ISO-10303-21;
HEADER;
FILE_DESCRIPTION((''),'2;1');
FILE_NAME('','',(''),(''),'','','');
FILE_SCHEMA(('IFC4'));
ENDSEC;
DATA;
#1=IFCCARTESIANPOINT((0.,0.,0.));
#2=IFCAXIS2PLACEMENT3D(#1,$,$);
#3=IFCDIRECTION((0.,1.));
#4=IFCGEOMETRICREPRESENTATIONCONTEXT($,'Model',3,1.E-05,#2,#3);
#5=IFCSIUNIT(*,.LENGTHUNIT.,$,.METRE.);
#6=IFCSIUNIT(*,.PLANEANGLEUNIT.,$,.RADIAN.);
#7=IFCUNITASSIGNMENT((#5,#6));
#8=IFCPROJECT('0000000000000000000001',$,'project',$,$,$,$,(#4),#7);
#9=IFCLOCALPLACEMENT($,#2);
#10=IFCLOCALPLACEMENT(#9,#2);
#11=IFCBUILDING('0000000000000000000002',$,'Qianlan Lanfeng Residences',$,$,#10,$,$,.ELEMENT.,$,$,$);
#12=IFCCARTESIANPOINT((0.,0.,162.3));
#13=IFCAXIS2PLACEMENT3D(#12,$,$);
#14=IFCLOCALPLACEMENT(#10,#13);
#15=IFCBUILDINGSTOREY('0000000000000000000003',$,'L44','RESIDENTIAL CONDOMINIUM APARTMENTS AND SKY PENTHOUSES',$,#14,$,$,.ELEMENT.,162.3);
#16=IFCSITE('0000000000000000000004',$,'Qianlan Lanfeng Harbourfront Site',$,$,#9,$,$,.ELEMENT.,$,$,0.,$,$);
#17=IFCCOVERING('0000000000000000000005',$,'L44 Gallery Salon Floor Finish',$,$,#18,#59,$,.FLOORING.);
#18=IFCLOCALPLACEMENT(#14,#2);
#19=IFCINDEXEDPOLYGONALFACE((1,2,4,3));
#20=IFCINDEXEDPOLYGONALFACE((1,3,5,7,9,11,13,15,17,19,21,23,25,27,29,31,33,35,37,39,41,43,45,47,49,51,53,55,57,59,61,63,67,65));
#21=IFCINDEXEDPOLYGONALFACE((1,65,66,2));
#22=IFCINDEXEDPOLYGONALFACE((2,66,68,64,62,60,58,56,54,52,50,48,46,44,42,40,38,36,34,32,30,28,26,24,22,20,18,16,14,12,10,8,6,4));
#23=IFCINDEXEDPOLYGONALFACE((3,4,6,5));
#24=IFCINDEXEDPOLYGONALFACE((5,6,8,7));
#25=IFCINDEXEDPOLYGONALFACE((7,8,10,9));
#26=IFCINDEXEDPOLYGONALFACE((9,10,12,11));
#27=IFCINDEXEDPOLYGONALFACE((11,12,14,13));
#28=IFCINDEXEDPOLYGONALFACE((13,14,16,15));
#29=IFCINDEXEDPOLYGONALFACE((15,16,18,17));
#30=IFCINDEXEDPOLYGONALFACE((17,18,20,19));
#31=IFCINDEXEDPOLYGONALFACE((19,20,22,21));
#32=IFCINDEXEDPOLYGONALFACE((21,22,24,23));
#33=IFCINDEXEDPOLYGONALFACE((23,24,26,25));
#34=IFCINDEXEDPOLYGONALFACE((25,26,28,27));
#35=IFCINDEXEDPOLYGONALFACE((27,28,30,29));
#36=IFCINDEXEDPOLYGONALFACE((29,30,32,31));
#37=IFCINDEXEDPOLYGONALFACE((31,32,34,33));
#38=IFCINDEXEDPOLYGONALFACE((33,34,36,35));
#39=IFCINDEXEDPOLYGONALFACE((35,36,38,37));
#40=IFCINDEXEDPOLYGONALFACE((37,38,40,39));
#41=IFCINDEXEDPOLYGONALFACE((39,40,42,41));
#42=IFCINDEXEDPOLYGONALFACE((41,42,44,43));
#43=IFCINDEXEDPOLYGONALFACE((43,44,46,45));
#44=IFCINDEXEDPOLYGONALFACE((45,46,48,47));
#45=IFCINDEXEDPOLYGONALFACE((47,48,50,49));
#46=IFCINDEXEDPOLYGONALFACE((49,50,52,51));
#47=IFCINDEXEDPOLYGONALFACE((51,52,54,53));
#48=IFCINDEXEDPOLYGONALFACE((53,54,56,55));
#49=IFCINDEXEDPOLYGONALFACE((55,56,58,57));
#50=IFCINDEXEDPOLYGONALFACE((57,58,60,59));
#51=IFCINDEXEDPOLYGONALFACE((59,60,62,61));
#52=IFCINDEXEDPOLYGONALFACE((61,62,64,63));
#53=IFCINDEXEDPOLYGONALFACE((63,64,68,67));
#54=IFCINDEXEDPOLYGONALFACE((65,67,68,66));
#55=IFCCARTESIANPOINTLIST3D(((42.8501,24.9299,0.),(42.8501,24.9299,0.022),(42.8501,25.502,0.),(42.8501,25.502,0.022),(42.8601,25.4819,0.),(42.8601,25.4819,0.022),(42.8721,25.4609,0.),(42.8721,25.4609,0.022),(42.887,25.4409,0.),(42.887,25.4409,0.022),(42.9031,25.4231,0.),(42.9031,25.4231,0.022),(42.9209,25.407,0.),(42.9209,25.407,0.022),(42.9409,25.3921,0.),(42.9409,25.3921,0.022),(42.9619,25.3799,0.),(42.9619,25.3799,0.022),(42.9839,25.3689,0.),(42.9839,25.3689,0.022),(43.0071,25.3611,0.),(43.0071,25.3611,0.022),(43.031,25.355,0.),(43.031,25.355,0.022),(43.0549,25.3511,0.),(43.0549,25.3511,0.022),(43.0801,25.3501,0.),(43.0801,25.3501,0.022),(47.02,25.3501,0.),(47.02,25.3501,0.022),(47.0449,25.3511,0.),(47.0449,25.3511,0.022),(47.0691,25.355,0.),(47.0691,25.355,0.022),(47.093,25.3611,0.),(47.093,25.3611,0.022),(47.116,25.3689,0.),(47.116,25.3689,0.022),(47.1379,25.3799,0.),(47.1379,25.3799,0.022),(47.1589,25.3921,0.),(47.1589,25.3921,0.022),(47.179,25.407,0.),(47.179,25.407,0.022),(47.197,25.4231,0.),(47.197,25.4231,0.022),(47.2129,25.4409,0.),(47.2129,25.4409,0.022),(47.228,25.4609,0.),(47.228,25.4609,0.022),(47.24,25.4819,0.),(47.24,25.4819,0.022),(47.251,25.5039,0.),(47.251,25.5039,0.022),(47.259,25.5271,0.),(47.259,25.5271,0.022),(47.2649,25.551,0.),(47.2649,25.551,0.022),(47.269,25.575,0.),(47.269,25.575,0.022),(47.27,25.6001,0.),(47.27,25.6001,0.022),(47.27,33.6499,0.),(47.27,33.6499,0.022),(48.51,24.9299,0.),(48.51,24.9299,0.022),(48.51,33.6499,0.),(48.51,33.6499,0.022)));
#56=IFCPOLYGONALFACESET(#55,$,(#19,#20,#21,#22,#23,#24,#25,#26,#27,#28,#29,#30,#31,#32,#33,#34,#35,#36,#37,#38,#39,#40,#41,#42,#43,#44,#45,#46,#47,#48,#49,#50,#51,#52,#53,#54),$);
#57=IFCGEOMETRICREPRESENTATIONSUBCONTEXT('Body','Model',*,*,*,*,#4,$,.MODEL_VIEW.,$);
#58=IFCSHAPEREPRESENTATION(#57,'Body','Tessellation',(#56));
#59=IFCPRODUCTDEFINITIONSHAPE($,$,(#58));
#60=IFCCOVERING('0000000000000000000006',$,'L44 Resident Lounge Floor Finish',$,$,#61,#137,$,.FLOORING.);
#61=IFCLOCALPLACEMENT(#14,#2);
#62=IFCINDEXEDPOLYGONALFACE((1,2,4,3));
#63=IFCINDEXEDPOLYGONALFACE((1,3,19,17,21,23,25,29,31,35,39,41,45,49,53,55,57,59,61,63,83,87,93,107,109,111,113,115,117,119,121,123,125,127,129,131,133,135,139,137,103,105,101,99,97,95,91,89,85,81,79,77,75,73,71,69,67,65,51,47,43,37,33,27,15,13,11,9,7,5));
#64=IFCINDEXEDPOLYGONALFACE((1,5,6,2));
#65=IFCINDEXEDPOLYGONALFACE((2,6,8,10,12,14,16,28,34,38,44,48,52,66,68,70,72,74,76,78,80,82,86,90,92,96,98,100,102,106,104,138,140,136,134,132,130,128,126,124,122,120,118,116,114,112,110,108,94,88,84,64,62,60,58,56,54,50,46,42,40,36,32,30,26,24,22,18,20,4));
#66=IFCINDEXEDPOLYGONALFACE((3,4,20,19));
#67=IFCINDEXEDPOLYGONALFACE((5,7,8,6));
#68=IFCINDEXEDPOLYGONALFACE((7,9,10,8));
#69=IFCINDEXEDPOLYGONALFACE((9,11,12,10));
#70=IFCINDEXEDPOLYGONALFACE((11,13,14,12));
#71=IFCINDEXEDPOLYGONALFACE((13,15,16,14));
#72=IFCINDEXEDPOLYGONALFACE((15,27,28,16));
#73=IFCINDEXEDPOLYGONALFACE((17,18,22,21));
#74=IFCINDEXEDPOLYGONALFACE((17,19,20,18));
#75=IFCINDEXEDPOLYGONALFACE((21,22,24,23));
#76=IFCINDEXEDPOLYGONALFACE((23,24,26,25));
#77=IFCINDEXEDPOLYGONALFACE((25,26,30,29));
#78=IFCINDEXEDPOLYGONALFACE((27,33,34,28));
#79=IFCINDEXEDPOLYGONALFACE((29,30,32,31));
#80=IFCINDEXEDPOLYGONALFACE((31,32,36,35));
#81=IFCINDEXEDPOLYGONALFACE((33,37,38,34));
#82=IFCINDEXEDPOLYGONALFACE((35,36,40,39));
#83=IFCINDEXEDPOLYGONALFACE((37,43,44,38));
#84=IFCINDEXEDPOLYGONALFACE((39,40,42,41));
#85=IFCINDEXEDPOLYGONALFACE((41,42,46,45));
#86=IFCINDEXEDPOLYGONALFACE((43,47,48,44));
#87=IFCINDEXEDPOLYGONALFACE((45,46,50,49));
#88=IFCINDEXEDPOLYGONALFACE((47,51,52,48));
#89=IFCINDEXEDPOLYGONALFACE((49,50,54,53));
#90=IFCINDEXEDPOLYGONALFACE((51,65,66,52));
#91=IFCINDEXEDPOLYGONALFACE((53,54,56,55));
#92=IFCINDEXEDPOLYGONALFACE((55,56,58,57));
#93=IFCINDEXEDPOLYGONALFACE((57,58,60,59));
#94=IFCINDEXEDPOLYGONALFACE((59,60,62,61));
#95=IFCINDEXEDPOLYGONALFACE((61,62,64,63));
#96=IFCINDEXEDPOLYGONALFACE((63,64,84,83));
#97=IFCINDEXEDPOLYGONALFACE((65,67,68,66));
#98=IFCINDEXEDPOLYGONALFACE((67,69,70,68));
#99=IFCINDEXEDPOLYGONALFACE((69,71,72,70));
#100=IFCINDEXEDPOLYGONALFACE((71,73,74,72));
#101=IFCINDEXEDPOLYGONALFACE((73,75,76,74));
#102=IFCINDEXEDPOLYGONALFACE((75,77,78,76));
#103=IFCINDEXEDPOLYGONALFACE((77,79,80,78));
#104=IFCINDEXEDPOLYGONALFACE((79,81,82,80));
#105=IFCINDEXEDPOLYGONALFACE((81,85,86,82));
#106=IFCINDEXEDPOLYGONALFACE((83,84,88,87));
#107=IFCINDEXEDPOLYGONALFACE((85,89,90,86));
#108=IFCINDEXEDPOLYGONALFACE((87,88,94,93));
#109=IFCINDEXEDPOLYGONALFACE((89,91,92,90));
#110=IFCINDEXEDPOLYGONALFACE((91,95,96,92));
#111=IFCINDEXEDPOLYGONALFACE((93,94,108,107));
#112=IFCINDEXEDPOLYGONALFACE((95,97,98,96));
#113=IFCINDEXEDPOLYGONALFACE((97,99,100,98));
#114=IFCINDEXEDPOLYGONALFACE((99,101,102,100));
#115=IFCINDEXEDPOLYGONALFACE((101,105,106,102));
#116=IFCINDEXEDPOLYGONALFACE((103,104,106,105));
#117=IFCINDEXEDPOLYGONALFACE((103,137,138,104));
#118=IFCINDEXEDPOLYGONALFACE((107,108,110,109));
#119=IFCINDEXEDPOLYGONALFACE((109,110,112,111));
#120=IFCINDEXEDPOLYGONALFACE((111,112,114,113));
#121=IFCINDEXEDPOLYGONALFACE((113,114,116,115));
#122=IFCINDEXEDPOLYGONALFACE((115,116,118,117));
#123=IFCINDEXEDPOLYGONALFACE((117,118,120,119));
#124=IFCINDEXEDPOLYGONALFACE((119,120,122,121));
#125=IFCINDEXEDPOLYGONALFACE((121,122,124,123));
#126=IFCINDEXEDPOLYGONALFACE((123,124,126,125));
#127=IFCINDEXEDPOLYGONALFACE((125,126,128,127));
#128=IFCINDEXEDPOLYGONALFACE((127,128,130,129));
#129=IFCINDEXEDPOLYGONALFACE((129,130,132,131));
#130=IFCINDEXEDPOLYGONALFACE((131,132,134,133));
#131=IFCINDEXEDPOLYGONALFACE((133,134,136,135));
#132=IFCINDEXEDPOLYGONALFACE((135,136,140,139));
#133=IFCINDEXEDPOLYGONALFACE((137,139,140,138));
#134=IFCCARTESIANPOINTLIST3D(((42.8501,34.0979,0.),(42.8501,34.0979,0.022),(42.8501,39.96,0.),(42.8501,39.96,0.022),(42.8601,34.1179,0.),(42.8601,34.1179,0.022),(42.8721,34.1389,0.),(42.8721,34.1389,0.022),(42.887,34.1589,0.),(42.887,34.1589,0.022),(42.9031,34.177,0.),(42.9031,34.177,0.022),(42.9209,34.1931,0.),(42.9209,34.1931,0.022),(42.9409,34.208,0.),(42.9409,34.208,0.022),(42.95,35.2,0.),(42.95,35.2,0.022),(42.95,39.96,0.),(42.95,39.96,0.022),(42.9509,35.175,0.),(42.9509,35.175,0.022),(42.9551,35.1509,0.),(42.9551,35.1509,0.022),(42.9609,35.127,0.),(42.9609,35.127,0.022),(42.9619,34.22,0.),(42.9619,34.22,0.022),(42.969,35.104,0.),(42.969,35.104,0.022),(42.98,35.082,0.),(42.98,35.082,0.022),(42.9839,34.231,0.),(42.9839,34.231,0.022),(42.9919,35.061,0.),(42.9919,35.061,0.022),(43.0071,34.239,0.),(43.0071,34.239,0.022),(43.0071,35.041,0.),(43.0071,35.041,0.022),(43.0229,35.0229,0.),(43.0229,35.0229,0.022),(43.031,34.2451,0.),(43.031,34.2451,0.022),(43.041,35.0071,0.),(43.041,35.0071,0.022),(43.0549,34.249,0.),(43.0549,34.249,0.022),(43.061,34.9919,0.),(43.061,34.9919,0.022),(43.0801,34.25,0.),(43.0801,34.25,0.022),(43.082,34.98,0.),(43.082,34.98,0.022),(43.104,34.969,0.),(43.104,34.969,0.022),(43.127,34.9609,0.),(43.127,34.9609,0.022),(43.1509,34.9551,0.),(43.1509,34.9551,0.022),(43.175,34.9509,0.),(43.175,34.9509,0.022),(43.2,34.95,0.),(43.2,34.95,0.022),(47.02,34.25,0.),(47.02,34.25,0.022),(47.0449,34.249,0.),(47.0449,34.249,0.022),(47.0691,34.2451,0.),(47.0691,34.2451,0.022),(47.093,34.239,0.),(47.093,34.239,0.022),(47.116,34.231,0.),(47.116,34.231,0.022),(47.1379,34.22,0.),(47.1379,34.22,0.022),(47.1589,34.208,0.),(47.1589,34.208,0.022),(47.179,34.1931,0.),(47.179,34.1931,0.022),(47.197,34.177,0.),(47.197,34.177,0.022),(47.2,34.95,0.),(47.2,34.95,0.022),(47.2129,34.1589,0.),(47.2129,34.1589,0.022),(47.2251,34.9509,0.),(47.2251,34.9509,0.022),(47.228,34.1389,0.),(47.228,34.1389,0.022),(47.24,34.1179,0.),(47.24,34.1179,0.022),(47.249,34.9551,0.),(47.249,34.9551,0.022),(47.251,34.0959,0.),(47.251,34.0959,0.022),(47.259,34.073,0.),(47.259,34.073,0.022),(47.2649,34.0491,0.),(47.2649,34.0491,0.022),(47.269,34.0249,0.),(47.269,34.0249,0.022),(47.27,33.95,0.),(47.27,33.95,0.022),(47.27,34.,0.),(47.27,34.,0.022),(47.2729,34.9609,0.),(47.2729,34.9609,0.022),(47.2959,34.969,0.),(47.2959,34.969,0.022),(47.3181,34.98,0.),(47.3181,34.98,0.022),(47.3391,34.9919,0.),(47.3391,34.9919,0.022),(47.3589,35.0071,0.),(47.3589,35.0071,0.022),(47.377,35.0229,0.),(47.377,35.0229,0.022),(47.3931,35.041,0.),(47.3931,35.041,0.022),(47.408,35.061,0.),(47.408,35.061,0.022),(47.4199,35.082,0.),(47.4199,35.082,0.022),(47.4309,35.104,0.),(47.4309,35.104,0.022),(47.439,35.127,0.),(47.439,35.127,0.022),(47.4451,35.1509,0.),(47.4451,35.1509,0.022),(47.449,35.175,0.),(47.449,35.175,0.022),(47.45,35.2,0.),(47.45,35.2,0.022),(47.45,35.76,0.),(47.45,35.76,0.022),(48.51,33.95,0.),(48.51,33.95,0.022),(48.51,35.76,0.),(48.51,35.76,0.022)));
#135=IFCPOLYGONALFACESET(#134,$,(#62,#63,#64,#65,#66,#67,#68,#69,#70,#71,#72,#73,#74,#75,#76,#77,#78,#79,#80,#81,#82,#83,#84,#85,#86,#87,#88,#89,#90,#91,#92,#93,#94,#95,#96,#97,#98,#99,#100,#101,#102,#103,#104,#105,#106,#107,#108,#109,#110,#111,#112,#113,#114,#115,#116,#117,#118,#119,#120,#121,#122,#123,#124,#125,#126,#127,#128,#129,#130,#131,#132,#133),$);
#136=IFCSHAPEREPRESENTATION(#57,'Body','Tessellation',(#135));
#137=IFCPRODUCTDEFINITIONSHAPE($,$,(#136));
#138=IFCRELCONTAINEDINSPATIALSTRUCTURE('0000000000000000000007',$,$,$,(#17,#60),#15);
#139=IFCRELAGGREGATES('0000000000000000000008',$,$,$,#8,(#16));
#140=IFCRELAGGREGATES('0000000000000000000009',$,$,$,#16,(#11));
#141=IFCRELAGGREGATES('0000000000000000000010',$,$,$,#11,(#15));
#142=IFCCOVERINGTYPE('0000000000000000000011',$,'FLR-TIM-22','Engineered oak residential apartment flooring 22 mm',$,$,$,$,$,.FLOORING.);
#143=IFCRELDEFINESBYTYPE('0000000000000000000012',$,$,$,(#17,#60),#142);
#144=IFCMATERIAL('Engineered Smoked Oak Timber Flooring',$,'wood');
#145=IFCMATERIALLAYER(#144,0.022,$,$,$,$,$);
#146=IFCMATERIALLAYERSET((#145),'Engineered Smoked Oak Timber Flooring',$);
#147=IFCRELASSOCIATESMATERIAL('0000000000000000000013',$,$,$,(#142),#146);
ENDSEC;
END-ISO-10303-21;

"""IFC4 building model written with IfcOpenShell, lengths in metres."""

from ifc_helpers import new_model, si_unit, direction, frame, origin, place, context, subcontext, project, spatial, polyline, outline, extrude, material, layer, layer_set, type_object, element, save


model = new_model("IFC4")

# Units and contexts
model_context = context("Model", 3, precision=1e-05, world=origin(), true_north=direction((0.0, 1.0)))
body_context = subcontext(model_context, "Body", "Model", "MODEL_VIEW")
ifc_project = project(units=[si_unit("LENGTHUNIT", "METRE"), si_unit("PLANEANGLEUNIT", "RADIAN")], contexts=[model_context])

# Site, building, storey
site_placement = place(None, origin())
site = spatial("IfcSite", under=ifc_project, at=site_placement, Name="Qianlan Lanfeng Harbourfront Site", CompositionType="ELEMENT", RefElevation=0.0)
building_placement = place(site_placement, origin())
building = spatial("IfcBuilding", under=site, at=building_placement, Name="Qianlan Lanfeng Residences", CompositionType="ELEMENT")
storey_placement = place(building_placement, frame((0.0, 0.0, 162.3)))
storey = spatial("IfcBuildingStorey", under=building, at=storey_placement, Name="L44", Description="RESIDENTIAL CONDOMINIUM APARTMENTS AND SKY PENTHOUSES", CompositionType="ELEMENT", Elevation=162.3)

# Coverings
ifc_material_1 = material(Name="Engineered Smoked Oak Timber Flooring", Category="wood")
ifc_layer_1 = layer(ifc_material_1, 0.022)
ifc_layer_set_1 = layer_set([ifc_layer_1], Name="Engineered Smoked Oak Timber Flooring")
covering_type = type_object("IfcCoveringType", Name="FLR-TIM-22", Description="Engineered oak residential apartment flooring 22 mm", PredefinedType="FLOORING", material=ifc_layer_set_1)
covering_1_placement = place(storey_placement, origin())
element("IfcCovering", 1, at=covering_1_placement, inside=storey, type_object=covering_type, Name="L44 Gallery Salon Floor Finish", PredefinedType="FLOORING", context=body_context, shape_type="SweptSolid", body=[
    extrude(outline(polyline([(48.51, 33.6499), (47.27, 33.6499), (47.27, 25.6001), (47.269, 25.575), (47.2649, 25.551), (47.259, 25.5271), (47.251, 25.5039), (47.24, 25.4819), (47.228, 25.4609), (47.2129, 25.4409), (47.197, 25.4231), (47.179, 25.407), (47.1589, 25.3921), (47.1379, 25.3799), (47.116, 25.3689), (47.093, 25.3611), (47.0691, 25.355), (47.0449, 25.3511), (47.02, 25.3501), (43.0801, 25.3501), (43.0549, 25.3511), (43.031, 25.355), (43.0071, 25.3611), (42.9839, 25.3689), (42.9619, 25.3799), (42.9409, 25.3921), (42.9209, 25.407), (42.9031, 25.4231), (42.887, 25.4409), (42.8721, 25.4609), (42.8601, 25.4819), (42.8501, 25.502), (42.8501, 24.9299), (48.51, 24.9299), (48.51, 33.6499)])), origin(), (0.0, 0.0, 1.0), 0.022),
])
covering_2_placement = place(storey_placement, origin())
element("IfcCovering", 2, at=covering_2_placement, inside=storey, type_object=covering_type, Name="L44 Resident Lounge Floor Finish", PredefinedType="FLOORING", context=body_context, shape_type="SweptSolid", body=[
    extrude(outline(polyline([(42.8501, 34.0979), (42.8601, 34.1179), (42.8721, 34.1389), (42.887, 34.1589), (42.9031, 34.177), (42.9209, 34.1931), (42.9409, 34.208), (42.9619, 34.22), (42.9839, 34.231), (43.0071, 34.239), (43.031, 34.2451), (43.0549, 34.249), (43.0801, 34.25), (47.02, 34.25), (47.0449, 34.249), (47.0691, 34.2451), (47.093, 34.239), (47.116, 34.231), (47.1379, 34.22), (47.1589, 34.208), (47.179, 34.1931), (47.197, 34.177), (47.2129, 34.1589), (47.228, 34.1389), (47.24, 34.1179), (47.251, 34.0959), (47.259, 34.073), (47.2649, 34.0491), (47.269, 34.0249), (47.27, 34.0), (47.27, 33.95), (48.51, 33.95), (48.51, 35.76), (47.45, 35.76), (47.45, 35.2), (47.449, 35.175), (47.4451, 35.1509), (47.439, 35.127), (47.4309, 35.104), (47.4199, 35.082), (47.408, 35.061), (47.3931, 35.041), (47.377, 35.0229), (47.3589, 35.0071), (47.3391, 34.9919), (47.3181, 34.98), (47.2959, 34.969), (47.2729, 34.9609), (47.249, 34.9551), (47.2251, 34.9509), (47.2, 34.95), (43.2, 34.95), (43.175, 34.9509), (43.1509, 34.9551), (43.127, 34.9609), (43.104, 34.969), (43.082, 34.98), (43.061, 34.9919), (43.041, 35.0071), (43.0229, 35.0229), (43.0071, 35.041), (42.9919, 35.061), (42.98, 35.082), (42.969, 35.104), (42.9609, 35.127), (42.9551, 35.1509), (42.9509, 35.175), (42.95, 35.2), (42.95, 39.96), (42.8501, 39.96), (42.8501, 34.0979)])), origin(), (0.0, 0.0, 1.0), 0.022),
])

save(model, "model.ifc")
